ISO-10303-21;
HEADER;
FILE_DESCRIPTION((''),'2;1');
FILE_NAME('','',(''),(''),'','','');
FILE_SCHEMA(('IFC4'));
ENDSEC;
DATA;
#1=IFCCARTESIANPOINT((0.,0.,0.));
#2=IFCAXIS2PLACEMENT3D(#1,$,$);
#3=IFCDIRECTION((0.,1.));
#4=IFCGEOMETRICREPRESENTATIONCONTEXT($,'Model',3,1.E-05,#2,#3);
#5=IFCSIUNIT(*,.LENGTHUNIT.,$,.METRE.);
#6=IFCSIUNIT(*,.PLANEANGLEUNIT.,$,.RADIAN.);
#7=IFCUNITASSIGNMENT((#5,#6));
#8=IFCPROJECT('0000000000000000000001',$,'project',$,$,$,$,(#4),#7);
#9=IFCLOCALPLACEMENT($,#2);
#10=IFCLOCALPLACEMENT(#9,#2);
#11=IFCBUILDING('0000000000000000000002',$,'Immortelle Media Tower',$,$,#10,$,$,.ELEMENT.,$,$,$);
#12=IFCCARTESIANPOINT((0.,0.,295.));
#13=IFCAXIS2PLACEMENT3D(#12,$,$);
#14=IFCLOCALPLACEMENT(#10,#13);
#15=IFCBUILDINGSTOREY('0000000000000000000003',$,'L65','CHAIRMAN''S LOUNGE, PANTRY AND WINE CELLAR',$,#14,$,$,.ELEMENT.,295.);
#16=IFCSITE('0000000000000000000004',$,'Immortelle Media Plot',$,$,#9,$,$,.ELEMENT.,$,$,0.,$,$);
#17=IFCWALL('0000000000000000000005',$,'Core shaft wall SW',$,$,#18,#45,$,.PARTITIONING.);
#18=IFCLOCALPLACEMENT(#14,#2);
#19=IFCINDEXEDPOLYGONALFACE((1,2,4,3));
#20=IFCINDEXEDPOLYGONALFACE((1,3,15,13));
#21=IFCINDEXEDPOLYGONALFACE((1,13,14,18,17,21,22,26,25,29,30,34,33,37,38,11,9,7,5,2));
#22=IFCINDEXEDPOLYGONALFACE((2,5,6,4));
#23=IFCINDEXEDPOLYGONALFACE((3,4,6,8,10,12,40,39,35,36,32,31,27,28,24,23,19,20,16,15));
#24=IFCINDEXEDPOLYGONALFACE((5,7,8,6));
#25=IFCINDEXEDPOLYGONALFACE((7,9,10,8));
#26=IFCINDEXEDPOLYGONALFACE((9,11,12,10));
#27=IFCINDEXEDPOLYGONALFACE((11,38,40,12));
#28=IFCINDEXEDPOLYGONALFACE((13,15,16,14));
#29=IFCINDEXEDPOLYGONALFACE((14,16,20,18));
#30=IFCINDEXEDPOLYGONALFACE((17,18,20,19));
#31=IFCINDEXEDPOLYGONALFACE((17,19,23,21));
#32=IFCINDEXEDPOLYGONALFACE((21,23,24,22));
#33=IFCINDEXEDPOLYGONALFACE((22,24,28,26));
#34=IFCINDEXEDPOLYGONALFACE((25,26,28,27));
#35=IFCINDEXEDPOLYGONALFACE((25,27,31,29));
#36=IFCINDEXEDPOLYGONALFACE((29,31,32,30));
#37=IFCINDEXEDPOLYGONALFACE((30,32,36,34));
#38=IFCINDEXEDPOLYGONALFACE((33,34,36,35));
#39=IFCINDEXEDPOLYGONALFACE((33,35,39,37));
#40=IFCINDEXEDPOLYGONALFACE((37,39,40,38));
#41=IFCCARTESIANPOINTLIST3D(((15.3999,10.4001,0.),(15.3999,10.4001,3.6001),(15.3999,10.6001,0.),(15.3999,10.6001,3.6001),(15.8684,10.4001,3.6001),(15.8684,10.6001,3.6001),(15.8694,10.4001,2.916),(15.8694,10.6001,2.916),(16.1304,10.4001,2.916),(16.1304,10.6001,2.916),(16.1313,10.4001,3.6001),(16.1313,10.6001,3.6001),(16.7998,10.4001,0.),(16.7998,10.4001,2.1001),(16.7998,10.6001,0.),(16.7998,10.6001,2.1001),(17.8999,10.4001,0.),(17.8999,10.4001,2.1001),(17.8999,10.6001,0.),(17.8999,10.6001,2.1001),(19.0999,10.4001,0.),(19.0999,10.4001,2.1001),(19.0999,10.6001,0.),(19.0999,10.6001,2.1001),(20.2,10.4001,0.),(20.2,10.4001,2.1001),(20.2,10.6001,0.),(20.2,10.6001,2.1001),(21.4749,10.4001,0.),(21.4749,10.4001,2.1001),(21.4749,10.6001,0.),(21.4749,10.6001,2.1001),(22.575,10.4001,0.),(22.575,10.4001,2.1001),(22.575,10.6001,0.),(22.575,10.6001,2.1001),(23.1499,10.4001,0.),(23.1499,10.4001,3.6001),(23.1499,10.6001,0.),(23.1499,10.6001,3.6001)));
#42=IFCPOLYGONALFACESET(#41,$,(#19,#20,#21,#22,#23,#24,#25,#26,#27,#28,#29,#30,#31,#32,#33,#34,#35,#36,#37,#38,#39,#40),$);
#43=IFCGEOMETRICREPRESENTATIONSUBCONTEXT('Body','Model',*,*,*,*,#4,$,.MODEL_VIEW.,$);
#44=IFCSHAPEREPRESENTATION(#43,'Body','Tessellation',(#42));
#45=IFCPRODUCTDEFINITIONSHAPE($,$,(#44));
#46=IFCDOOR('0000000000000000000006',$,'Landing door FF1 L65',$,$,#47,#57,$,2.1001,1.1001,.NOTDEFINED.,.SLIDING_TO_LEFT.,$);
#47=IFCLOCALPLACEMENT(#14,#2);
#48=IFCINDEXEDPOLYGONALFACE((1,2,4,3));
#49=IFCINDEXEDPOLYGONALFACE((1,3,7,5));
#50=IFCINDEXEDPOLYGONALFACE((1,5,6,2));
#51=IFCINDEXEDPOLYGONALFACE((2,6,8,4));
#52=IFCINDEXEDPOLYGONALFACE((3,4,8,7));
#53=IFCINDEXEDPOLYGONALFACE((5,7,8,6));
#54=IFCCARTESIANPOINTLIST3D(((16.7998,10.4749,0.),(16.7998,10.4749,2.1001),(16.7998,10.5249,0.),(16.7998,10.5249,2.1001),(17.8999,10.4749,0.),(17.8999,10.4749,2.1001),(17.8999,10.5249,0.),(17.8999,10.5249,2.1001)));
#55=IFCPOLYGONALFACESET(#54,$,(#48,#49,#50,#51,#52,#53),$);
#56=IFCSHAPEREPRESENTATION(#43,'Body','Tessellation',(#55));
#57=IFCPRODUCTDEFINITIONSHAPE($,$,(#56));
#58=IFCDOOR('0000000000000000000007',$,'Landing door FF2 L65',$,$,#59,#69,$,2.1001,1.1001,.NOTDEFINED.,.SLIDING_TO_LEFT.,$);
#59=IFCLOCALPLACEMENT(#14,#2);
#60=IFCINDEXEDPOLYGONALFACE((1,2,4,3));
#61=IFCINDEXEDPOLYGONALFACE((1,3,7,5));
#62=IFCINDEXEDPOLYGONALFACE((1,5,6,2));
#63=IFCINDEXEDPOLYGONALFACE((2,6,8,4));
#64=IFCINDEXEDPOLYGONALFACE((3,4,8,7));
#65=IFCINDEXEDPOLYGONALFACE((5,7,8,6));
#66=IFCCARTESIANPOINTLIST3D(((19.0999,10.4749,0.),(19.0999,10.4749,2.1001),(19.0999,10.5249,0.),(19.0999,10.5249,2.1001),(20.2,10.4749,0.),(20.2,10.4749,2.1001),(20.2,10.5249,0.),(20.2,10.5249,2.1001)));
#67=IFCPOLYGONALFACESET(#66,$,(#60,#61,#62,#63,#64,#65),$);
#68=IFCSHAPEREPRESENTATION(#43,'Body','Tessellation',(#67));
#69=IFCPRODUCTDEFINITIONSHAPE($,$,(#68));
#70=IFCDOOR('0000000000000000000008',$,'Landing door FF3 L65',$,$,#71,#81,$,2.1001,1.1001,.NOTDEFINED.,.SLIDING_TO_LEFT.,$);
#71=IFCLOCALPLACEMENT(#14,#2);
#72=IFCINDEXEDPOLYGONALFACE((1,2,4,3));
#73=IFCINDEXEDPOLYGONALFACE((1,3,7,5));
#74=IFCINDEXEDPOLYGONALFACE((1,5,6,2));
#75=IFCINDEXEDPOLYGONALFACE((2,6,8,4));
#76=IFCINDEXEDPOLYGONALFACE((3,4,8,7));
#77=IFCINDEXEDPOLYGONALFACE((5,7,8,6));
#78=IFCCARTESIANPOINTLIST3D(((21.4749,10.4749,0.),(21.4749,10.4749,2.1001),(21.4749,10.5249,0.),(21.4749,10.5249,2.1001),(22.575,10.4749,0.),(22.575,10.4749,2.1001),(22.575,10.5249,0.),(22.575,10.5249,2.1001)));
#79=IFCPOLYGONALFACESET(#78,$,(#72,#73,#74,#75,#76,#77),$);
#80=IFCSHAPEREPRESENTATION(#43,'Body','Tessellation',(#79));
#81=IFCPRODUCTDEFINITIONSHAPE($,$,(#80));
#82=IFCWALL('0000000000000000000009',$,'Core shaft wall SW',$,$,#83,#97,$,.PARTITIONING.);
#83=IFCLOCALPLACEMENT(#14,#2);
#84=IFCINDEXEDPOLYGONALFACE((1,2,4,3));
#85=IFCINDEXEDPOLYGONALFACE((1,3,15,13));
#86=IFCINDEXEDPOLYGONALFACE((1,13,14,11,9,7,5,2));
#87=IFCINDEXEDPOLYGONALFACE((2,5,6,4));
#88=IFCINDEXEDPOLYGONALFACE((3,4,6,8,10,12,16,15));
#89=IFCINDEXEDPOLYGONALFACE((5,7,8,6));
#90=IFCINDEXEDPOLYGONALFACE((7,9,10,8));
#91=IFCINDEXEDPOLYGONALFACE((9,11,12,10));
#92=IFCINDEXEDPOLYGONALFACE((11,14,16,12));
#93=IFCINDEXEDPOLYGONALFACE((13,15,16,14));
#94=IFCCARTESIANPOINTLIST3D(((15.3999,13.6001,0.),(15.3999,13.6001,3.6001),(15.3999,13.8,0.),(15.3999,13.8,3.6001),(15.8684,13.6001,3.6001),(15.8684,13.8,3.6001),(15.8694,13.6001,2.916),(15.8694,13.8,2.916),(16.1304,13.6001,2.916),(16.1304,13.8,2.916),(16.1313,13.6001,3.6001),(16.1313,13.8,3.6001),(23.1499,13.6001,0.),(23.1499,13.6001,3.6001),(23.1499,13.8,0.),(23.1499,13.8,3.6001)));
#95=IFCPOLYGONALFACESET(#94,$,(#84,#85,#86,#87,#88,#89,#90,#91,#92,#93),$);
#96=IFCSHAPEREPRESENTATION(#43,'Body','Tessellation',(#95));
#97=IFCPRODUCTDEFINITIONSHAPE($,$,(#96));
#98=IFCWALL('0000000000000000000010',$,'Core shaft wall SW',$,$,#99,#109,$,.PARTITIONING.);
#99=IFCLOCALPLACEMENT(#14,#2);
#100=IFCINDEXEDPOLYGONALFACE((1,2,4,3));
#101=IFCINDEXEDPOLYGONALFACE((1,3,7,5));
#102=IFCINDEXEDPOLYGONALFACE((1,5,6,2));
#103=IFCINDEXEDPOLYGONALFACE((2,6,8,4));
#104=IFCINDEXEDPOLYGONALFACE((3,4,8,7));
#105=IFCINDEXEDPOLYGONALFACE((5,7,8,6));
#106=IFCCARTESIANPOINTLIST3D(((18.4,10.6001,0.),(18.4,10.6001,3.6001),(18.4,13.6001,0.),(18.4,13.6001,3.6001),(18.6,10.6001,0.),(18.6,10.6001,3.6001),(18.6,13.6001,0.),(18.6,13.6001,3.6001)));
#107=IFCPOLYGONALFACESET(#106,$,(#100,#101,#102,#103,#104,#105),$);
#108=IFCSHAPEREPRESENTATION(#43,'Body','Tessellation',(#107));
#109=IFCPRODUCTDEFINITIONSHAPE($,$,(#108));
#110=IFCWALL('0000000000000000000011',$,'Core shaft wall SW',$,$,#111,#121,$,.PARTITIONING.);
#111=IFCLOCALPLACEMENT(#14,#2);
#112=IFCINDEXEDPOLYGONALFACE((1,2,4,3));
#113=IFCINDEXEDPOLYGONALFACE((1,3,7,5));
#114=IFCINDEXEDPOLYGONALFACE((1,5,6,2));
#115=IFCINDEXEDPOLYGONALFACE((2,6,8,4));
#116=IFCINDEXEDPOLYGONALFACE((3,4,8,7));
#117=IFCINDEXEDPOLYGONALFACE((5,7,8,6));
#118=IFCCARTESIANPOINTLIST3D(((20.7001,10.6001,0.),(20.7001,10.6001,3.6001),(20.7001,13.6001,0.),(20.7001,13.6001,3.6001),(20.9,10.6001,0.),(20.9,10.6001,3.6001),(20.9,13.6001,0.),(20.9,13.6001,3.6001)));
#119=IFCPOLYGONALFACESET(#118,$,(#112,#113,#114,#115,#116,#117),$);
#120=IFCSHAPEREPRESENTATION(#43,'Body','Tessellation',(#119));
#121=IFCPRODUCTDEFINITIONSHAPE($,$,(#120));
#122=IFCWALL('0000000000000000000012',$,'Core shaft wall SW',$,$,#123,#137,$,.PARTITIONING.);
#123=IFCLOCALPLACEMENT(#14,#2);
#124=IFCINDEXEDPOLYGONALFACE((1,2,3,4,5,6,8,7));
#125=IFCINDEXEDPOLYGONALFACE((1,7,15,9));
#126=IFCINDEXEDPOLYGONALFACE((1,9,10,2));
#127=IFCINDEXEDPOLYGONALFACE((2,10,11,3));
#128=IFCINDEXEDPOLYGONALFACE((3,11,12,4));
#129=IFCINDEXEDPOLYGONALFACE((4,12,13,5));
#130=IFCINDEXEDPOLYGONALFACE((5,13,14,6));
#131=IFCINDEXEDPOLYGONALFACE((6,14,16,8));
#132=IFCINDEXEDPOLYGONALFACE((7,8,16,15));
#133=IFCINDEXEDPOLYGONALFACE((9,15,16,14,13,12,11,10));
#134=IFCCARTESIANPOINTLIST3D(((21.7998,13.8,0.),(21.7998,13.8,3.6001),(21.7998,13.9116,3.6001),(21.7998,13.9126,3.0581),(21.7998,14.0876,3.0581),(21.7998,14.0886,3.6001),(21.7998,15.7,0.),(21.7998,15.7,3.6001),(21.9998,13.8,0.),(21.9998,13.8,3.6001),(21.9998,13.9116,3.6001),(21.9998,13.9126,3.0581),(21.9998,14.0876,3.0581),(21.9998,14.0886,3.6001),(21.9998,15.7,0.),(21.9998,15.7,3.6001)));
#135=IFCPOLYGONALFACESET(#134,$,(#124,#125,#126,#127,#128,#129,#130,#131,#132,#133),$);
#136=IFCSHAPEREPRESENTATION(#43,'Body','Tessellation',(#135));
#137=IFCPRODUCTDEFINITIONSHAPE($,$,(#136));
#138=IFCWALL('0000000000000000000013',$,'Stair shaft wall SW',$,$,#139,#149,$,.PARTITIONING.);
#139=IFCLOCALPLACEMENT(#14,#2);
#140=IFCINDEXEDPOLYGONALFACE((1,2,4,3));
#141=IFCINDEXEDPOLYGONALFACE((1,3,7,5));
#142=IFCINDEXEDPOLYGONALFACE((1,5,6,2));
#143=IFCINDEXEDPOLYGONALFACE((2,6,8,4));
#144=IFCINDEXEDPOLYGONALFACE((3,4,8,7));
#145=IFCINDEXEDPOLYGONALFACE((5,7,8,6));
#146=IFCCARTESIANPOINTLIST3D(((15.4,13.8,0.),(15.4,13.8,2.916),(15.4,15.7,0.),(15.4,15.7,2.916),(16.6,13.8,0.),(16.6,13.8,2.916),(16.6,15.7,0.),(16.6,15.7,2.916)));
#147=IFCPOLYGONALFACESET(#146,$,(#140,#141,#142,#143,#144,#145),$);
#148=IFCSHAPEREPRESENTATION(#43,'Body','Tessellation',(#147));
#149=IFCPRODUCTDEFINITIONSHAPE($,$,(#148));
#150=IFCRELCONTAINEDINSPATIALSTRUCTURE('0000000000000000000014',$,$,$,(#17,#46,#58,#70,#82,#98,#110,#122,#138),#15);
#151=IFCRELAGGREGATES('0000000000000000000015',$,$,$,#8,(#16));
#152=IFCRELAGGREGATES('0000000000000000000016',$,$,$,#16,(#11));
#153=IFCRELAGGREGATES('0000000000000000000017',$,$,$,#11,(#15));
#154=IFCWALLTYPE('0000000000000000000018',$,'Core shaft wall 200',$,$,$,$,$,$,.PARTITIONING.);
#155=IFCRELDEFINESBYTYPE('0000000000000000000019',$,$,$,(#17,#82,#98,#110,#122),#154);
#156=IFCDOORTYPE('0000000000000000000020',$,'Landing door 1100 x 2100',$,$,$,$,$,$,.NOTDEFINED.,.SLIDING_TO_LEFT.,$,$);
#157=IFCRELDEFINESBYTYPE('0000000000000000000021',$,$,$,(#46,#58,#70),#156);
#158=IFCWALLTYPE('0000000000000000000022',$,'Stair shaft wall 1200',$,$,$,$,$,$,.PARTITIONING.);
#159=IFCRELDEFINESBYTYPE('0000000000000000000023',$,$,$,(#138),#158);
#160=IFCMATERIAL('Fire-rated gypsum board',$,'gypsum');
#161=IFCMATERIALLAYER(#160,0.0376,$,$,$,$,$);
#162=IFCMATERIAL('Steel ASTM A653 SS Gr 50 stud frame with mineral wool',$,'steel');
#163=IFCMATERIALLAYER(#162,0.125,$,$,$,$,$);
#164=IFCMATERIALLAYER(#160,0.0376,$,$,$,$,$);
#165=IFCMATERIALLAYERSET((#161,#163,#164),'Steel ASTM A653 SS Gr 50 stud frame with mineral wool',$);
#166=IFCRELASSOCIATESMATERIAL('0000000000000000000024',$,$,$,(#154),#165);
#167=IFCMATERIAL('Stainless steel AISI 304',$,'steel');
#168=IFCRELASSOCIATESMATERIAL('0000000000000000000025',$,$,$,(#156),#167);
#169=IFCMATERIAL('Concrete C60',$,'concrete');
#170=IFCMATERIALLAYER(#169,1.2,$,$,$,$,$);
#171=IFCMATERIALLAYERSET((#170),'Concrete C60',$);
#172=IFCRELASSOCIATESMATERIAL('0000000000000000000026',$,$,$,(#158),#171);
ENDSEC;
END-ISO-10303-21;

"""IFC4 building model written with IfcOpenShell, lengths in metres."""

from ifc_helpers import new_model, si_unit, direction, frame, frame_2d, origin, place, context, subcontext, project, spatial, polyline, rectangle, outline, extrude, material, layer, layer_set, type_object, element, fill, save


model = new_model("IFC4")

# Units and contexts
model_context = context("Model", 3, precision=1e-05, world=origin(), true_north=direction((0.0, 1.0)))
body_context = subcontext(model_context, "Body", "Model", "MODEL_VIEW")
ifc_project = project(units=[si_unit("LENGTHUNIT", "METRE"), si_unit("PLANEANGLEUNIT", "RADIAN")], contexts=[model_context])

# Site, building, storey
site_placement = place(None, origin())
site = spatial("IfcSite", under=ifc_project, at=site_placement, Name="Immortelle Media Plot", CompositionType="ELEMENT", RefElevation=0.0)
building_placement = place(site_placement, origin())
building = spatial("IfcBuilding", under=site, at=building_placement, Name="Immortelle Media Tower", CompositionType="ELEMENT")
storey_placement = place(building_placement, frame((0.0, 0.0, 295.0)))
storey = spatial("IfcBuildingStorey", under=building, at=storey_placement, Name="L65", Description="CHAIRMAN'S LOUNGE, PANTRY AND WINE CELLAR", CompositionType="ELEMENT", Elevation=295.0)

# Shared definitions
ifc_material_1 = material(Name="Fire-rated gypsum board", Category="gypsum")
ifc_material_2 = material(Name="Steel ASTM A653 SS Gr 50 stud frame with mineral wool", Category="steel")

# Wall, openings, doors
ifc_layer_1 = layer(ifc_material_1, 0.0376)
ifc_layer_2 = layer(ifc_material_2, 0.125)
ifc_layer_3 = layer(ifc_material_1, 0.0376)
ifc_layer_set_1 = layer_set([ifc_layer_1, ifc_layer_2, ifc_layer_3], Name="Steel ASTM A653 SS Gr 50 stud frame with mineral wool")
wall_type_1 = type_object("IfcWallType", Name="Core shaft wall 200", PredefinedType="PARTITIONING", material=ifc_layer_set_1)
wall_1_placement = place(storey_placement, frame((15.3999, 10.5, 0.0), z_axis=(0.0, 0.0, 1.0), x_axis=(1.0, 0.0, 0.0)))
wall_1 = element("IfcWall", 1, at=wall_1_placement, inside=storey, type_object=wall_type_1, Name="Core shaft wall SW", PredefinedType="PARTITIONING", context=body_context, shape_type="SweptSolid", body=[
    extrude(outline(polyline([(0.0, 0.0), (7.75, 0.0), (7.75, 3.6001), (0.7314, 3.6001), (0.7305, 2.916), (0.4695, 2.916), (0.4685, 3.6001), (0.0, 3.6001), (0.0, 0.0)])), frame((0.0, 0.1001, 0.0), z_axis=(0.0, -1.0, 0.0), x_axis=(1.0, 0.0, 0.0)), (0.0, 0.0, 1.0), 0.2),
])
opening_1_placement = place(wall_1_placement, frame((1.3999, 0.0, 0.0)))
opening_1 = element("IfcOpeningElement", 2, at=opening_1_placement, cuts=wall_1, PredefinedType="OPENING", context=body_context, shape_type="SweptSolid", body=[
    extrude(rectangle(XDim=1.1001, YDim=2.1001, at=frame_2d((0.55, 1.05))), frame((0.0, 0.1099, 0.0), z_axis=(0.0, -1.0, 0.0), x_axis=(1.0, 0.0, 0.0)), (0.0, 0.0, 1.0), 0.22),
])
opening_2_placement = place(wall_1_placement, frame((3.7, 0.0, 0.0)))
opening_2 = element("IfcOpeningElement", 3, at=opening_2_placement, cuts=wall_1, PredefinedType="OPENING", context=body_context, shape_type="SweptSolid", body=[
    extrude(rectangle(XDim=1.1001, YDim=2.1001, at=frame_2d((0.55, 1.05))), frame((0.0, 0.1099, 0.0), z_axis=(0.0, -1.0, 0.0), x_axis=(1.0, 0.0, 0.0)), (0.0, 0.0, 1.0), 0.22),
])
opening_3_placement = place(wall_1_placement, frame((6.075, 0.0, 0.0)))
opening_3 = element("IfcOpeningElement", 4, at=opening_3_placement, cuts=wall_1, PredefinedType="OPENING", context=body_context, shape_type="SweptSolid", body=[
    extrude(rectangle(XDim=1.1001, YDim=2.1001, at=frame_2d((0.55, 1.05))), frame((0.0, 0.1099, 0.0), z_axis=(0.0, -1.0, 0.0), x_axis=(1.0, 0.0, 0.0)), (0.0, 0.0, 1.0), 0.22),
])
ifc_material_3 = material(Name="Stainless steel AISI 304", Category="steel")
door_type_1 = type_object("IfcDoorType", Name="Landing door 1100 x 2100", OperationType="SLIDING_TO_LEFT", PredefinedType="NOTDEFINED", material=ifc_material_3)
door_1_placement = place(opening_1_placement, origin())
door_1 = element("IfcDoor", 5, at=door_1_placement, inside=storey, type_object=door_type_1, Name="Landing door FF1 L65", OperationType="SLIDING_TO_LEFT", OverallHeight=2.1001, OverallWidth=1.1001, PredefinedType="NOTDEFINED", context=body_context, shape_type="SweptSolid", body=[
    extrude(rectangle(XDim=1.1001, YDim=2.1001, at=frame_2d((0.55, 1.05))), frame((0.0, 0.0249, 0.0), z_axis=(0.0, -1.0, 0.0), x_axis=(1.0, 0.0, 0.0)), (0.0, 0.0, 1.0), 0.05),
])
fill(opening_1, door_1)
door_2_placement = place(opening_2_placement, origin())
door_2 = element("IfcDoor", 6, at=door_2_placement, inside=storey, type_object=door_type_1, Name="Landing door FF2 L65", OperationType="SLIDING_TO_LEFT", OverallHeight=2.1001, OverallWidth=1.1001, PredefinedType="NOTDEFINED", context=body_context, shape_type="SweptSolid", body=[
    extrude(rectangle(XDim=1.1001, YDim=2.1001, at=frame_2d((0.55, 1.05))), frame((0.0, 0.0249, 0.0), z_axis=(0.0, -1.0, 0.0), x_axis=(1.0, 0.0, 0.0)), (0.0, 0.0, 1.0), 0.05),
])
fill(opening_2, door_2)
door_3_placement = place(opening_3_placement, origin())
door_3 = element("IfcDoor", 7, at=door_3_placement, inside=storey, type_object=door_type_1, Name="Landing door FF3 L65", OperationType="SLIDING_TO_LEFT", OverallHeight=2.1001, OverallWidth=1.1001, PredefinedType="NOTDEFINED", context=body_context, shape_type="SweptSolid", body=[
    extrude(rectangle(XDim=1.1001, YDim=2.1001, at=frame_2d((0.55, 1.05))), frame((0.0, 0.0249, 0.0), z_axis=(0.0, -1.0, 0.0), x_axis=(1.0, 0.0, 0.0)), (0.0, 0.0, 1.0), 0.05),
])
fill(opening_3, door_3)

# Walls
wall_2_placement = place(storey_placement, frame((15.3999, 13.7, 0.0), z_axis=(0.0, 0.0, 1.0), x_axis=(1.0, 0.0, 0.0)))
element("IfcWall", 8, at=wall_2_placement, inside=storey, type_object=wall_type_1, Name="Core shaft wall SW", PredefinedType="PARTITIONING", context=body_context, shape_type="SweptSolid", body=[
    extrude(outline(polyline([(0.0, 0.0), (7.75, 0.0), (7.75, 3.6001), (0.7314, 3.6001), (0.7305, 2.916), (0.4695, 2.916), (0.4685, 3.6001), (0.0, 3.6001), (0.0, 0.0)])), frame((0.0, 0.1001, 0.0), z_axis=(0.0, -1.0, 0.0), x_axis=(1.0, 0.0, 0.0)), (0.0, 0.0, 1.0), 0.2),
])
for number, where, z_axis, x_axis, name in (
    (9, (18.5, 10.6001, 0.0), (0.0, 0.0, 1.0), (0.0, 1.0, 0.0), "Core shaft wall SW"),
    (10, (20.8, 10.6001, 0.0), (0.0, 0.0, 1.0), (0.0, 1.0, 0.0), "Core shaft wall SW"),
):
    element("IfcWall", number, at=place(storey_placement, frame(where, z_axis=z_axis, x_axis=x_axis)), inside=storey, type_object=wall_type_1, Name=name, PredefinedType="PARTITIONING", context=body_context, shape_type="SweptSolid", body=[
        extrude(rectangle(XDim=3.0, YDim=0.2, at=frame_2d((1.5, 0.0))), origin(), (0.0, 0.0, 1.0), 3.6001),
    ])
wall_3_placement = place(storey_placement, frame((21.8999, 13.8, 0.0), z_axis=(0.0, 0.0, 1.0), x_axis=(0.0, 1.0, 0.0)))
element("IfcWall", 11, at=wall_3_placement, inside=storey, type_object=wall_type_1, Name="Core shaft wall SW", PredefinedType="PARTITIONING", context=body_context, shape_type="SweptSolid", body=[
    extrude(outline(polyline([(0.0, 0.0), (1.8999, 0.0), (1.8999, 3.6001), (0.2886, 3.6001), (0.2876, 3.0581), (0.1125, 3.0581), (0.1116, 3.6001), (0.0, 3.6001), (0.0, 0.0)])), frame((0.0, 0.1001, 0.0), z_axis=(0.0, -1.0, 0.0), x_axis=(1.0, 0.0, 0.0)), (0.0, 0.0, 1.0), 0.2),
])
ifc_material_4 = material(Name="Concrete C60", Category="concrete")
ifc_layer_4 = layer(ifc_material_4, 1.2)
ifc_layer_set_2 = layer_set([ifc_layer_4], Name="Concrete C60")
wall_type_2 = type_object("IfcWallType", Name="Stair shaft wall 1200", PredefinedType="PARTITIONING", material=ifc_layer_set_2)
wall_4_placement = place(storey_placement, frame((16.0, 13.8, 0.0), z_axis=(0.0, 0.0, 1.0), x_axis=(0.0, 1.0, 0.0)))
element("IfcWall", 12, at=wall_4_placement, inside=storey, type_object=wall_type_2, Name="Stair shaft wall SW", PredefinedType="PARTITIONING", context=body_context, shape_type="SweptSolid", body=[
    extrude(rectangle(XDim=1.8999, YDim=1.2, at=frame_2d((0.95, 0.0))), origin(), (0.0, 0.0, 1.0), 2.916),
])

save(model, "model.ifc")
